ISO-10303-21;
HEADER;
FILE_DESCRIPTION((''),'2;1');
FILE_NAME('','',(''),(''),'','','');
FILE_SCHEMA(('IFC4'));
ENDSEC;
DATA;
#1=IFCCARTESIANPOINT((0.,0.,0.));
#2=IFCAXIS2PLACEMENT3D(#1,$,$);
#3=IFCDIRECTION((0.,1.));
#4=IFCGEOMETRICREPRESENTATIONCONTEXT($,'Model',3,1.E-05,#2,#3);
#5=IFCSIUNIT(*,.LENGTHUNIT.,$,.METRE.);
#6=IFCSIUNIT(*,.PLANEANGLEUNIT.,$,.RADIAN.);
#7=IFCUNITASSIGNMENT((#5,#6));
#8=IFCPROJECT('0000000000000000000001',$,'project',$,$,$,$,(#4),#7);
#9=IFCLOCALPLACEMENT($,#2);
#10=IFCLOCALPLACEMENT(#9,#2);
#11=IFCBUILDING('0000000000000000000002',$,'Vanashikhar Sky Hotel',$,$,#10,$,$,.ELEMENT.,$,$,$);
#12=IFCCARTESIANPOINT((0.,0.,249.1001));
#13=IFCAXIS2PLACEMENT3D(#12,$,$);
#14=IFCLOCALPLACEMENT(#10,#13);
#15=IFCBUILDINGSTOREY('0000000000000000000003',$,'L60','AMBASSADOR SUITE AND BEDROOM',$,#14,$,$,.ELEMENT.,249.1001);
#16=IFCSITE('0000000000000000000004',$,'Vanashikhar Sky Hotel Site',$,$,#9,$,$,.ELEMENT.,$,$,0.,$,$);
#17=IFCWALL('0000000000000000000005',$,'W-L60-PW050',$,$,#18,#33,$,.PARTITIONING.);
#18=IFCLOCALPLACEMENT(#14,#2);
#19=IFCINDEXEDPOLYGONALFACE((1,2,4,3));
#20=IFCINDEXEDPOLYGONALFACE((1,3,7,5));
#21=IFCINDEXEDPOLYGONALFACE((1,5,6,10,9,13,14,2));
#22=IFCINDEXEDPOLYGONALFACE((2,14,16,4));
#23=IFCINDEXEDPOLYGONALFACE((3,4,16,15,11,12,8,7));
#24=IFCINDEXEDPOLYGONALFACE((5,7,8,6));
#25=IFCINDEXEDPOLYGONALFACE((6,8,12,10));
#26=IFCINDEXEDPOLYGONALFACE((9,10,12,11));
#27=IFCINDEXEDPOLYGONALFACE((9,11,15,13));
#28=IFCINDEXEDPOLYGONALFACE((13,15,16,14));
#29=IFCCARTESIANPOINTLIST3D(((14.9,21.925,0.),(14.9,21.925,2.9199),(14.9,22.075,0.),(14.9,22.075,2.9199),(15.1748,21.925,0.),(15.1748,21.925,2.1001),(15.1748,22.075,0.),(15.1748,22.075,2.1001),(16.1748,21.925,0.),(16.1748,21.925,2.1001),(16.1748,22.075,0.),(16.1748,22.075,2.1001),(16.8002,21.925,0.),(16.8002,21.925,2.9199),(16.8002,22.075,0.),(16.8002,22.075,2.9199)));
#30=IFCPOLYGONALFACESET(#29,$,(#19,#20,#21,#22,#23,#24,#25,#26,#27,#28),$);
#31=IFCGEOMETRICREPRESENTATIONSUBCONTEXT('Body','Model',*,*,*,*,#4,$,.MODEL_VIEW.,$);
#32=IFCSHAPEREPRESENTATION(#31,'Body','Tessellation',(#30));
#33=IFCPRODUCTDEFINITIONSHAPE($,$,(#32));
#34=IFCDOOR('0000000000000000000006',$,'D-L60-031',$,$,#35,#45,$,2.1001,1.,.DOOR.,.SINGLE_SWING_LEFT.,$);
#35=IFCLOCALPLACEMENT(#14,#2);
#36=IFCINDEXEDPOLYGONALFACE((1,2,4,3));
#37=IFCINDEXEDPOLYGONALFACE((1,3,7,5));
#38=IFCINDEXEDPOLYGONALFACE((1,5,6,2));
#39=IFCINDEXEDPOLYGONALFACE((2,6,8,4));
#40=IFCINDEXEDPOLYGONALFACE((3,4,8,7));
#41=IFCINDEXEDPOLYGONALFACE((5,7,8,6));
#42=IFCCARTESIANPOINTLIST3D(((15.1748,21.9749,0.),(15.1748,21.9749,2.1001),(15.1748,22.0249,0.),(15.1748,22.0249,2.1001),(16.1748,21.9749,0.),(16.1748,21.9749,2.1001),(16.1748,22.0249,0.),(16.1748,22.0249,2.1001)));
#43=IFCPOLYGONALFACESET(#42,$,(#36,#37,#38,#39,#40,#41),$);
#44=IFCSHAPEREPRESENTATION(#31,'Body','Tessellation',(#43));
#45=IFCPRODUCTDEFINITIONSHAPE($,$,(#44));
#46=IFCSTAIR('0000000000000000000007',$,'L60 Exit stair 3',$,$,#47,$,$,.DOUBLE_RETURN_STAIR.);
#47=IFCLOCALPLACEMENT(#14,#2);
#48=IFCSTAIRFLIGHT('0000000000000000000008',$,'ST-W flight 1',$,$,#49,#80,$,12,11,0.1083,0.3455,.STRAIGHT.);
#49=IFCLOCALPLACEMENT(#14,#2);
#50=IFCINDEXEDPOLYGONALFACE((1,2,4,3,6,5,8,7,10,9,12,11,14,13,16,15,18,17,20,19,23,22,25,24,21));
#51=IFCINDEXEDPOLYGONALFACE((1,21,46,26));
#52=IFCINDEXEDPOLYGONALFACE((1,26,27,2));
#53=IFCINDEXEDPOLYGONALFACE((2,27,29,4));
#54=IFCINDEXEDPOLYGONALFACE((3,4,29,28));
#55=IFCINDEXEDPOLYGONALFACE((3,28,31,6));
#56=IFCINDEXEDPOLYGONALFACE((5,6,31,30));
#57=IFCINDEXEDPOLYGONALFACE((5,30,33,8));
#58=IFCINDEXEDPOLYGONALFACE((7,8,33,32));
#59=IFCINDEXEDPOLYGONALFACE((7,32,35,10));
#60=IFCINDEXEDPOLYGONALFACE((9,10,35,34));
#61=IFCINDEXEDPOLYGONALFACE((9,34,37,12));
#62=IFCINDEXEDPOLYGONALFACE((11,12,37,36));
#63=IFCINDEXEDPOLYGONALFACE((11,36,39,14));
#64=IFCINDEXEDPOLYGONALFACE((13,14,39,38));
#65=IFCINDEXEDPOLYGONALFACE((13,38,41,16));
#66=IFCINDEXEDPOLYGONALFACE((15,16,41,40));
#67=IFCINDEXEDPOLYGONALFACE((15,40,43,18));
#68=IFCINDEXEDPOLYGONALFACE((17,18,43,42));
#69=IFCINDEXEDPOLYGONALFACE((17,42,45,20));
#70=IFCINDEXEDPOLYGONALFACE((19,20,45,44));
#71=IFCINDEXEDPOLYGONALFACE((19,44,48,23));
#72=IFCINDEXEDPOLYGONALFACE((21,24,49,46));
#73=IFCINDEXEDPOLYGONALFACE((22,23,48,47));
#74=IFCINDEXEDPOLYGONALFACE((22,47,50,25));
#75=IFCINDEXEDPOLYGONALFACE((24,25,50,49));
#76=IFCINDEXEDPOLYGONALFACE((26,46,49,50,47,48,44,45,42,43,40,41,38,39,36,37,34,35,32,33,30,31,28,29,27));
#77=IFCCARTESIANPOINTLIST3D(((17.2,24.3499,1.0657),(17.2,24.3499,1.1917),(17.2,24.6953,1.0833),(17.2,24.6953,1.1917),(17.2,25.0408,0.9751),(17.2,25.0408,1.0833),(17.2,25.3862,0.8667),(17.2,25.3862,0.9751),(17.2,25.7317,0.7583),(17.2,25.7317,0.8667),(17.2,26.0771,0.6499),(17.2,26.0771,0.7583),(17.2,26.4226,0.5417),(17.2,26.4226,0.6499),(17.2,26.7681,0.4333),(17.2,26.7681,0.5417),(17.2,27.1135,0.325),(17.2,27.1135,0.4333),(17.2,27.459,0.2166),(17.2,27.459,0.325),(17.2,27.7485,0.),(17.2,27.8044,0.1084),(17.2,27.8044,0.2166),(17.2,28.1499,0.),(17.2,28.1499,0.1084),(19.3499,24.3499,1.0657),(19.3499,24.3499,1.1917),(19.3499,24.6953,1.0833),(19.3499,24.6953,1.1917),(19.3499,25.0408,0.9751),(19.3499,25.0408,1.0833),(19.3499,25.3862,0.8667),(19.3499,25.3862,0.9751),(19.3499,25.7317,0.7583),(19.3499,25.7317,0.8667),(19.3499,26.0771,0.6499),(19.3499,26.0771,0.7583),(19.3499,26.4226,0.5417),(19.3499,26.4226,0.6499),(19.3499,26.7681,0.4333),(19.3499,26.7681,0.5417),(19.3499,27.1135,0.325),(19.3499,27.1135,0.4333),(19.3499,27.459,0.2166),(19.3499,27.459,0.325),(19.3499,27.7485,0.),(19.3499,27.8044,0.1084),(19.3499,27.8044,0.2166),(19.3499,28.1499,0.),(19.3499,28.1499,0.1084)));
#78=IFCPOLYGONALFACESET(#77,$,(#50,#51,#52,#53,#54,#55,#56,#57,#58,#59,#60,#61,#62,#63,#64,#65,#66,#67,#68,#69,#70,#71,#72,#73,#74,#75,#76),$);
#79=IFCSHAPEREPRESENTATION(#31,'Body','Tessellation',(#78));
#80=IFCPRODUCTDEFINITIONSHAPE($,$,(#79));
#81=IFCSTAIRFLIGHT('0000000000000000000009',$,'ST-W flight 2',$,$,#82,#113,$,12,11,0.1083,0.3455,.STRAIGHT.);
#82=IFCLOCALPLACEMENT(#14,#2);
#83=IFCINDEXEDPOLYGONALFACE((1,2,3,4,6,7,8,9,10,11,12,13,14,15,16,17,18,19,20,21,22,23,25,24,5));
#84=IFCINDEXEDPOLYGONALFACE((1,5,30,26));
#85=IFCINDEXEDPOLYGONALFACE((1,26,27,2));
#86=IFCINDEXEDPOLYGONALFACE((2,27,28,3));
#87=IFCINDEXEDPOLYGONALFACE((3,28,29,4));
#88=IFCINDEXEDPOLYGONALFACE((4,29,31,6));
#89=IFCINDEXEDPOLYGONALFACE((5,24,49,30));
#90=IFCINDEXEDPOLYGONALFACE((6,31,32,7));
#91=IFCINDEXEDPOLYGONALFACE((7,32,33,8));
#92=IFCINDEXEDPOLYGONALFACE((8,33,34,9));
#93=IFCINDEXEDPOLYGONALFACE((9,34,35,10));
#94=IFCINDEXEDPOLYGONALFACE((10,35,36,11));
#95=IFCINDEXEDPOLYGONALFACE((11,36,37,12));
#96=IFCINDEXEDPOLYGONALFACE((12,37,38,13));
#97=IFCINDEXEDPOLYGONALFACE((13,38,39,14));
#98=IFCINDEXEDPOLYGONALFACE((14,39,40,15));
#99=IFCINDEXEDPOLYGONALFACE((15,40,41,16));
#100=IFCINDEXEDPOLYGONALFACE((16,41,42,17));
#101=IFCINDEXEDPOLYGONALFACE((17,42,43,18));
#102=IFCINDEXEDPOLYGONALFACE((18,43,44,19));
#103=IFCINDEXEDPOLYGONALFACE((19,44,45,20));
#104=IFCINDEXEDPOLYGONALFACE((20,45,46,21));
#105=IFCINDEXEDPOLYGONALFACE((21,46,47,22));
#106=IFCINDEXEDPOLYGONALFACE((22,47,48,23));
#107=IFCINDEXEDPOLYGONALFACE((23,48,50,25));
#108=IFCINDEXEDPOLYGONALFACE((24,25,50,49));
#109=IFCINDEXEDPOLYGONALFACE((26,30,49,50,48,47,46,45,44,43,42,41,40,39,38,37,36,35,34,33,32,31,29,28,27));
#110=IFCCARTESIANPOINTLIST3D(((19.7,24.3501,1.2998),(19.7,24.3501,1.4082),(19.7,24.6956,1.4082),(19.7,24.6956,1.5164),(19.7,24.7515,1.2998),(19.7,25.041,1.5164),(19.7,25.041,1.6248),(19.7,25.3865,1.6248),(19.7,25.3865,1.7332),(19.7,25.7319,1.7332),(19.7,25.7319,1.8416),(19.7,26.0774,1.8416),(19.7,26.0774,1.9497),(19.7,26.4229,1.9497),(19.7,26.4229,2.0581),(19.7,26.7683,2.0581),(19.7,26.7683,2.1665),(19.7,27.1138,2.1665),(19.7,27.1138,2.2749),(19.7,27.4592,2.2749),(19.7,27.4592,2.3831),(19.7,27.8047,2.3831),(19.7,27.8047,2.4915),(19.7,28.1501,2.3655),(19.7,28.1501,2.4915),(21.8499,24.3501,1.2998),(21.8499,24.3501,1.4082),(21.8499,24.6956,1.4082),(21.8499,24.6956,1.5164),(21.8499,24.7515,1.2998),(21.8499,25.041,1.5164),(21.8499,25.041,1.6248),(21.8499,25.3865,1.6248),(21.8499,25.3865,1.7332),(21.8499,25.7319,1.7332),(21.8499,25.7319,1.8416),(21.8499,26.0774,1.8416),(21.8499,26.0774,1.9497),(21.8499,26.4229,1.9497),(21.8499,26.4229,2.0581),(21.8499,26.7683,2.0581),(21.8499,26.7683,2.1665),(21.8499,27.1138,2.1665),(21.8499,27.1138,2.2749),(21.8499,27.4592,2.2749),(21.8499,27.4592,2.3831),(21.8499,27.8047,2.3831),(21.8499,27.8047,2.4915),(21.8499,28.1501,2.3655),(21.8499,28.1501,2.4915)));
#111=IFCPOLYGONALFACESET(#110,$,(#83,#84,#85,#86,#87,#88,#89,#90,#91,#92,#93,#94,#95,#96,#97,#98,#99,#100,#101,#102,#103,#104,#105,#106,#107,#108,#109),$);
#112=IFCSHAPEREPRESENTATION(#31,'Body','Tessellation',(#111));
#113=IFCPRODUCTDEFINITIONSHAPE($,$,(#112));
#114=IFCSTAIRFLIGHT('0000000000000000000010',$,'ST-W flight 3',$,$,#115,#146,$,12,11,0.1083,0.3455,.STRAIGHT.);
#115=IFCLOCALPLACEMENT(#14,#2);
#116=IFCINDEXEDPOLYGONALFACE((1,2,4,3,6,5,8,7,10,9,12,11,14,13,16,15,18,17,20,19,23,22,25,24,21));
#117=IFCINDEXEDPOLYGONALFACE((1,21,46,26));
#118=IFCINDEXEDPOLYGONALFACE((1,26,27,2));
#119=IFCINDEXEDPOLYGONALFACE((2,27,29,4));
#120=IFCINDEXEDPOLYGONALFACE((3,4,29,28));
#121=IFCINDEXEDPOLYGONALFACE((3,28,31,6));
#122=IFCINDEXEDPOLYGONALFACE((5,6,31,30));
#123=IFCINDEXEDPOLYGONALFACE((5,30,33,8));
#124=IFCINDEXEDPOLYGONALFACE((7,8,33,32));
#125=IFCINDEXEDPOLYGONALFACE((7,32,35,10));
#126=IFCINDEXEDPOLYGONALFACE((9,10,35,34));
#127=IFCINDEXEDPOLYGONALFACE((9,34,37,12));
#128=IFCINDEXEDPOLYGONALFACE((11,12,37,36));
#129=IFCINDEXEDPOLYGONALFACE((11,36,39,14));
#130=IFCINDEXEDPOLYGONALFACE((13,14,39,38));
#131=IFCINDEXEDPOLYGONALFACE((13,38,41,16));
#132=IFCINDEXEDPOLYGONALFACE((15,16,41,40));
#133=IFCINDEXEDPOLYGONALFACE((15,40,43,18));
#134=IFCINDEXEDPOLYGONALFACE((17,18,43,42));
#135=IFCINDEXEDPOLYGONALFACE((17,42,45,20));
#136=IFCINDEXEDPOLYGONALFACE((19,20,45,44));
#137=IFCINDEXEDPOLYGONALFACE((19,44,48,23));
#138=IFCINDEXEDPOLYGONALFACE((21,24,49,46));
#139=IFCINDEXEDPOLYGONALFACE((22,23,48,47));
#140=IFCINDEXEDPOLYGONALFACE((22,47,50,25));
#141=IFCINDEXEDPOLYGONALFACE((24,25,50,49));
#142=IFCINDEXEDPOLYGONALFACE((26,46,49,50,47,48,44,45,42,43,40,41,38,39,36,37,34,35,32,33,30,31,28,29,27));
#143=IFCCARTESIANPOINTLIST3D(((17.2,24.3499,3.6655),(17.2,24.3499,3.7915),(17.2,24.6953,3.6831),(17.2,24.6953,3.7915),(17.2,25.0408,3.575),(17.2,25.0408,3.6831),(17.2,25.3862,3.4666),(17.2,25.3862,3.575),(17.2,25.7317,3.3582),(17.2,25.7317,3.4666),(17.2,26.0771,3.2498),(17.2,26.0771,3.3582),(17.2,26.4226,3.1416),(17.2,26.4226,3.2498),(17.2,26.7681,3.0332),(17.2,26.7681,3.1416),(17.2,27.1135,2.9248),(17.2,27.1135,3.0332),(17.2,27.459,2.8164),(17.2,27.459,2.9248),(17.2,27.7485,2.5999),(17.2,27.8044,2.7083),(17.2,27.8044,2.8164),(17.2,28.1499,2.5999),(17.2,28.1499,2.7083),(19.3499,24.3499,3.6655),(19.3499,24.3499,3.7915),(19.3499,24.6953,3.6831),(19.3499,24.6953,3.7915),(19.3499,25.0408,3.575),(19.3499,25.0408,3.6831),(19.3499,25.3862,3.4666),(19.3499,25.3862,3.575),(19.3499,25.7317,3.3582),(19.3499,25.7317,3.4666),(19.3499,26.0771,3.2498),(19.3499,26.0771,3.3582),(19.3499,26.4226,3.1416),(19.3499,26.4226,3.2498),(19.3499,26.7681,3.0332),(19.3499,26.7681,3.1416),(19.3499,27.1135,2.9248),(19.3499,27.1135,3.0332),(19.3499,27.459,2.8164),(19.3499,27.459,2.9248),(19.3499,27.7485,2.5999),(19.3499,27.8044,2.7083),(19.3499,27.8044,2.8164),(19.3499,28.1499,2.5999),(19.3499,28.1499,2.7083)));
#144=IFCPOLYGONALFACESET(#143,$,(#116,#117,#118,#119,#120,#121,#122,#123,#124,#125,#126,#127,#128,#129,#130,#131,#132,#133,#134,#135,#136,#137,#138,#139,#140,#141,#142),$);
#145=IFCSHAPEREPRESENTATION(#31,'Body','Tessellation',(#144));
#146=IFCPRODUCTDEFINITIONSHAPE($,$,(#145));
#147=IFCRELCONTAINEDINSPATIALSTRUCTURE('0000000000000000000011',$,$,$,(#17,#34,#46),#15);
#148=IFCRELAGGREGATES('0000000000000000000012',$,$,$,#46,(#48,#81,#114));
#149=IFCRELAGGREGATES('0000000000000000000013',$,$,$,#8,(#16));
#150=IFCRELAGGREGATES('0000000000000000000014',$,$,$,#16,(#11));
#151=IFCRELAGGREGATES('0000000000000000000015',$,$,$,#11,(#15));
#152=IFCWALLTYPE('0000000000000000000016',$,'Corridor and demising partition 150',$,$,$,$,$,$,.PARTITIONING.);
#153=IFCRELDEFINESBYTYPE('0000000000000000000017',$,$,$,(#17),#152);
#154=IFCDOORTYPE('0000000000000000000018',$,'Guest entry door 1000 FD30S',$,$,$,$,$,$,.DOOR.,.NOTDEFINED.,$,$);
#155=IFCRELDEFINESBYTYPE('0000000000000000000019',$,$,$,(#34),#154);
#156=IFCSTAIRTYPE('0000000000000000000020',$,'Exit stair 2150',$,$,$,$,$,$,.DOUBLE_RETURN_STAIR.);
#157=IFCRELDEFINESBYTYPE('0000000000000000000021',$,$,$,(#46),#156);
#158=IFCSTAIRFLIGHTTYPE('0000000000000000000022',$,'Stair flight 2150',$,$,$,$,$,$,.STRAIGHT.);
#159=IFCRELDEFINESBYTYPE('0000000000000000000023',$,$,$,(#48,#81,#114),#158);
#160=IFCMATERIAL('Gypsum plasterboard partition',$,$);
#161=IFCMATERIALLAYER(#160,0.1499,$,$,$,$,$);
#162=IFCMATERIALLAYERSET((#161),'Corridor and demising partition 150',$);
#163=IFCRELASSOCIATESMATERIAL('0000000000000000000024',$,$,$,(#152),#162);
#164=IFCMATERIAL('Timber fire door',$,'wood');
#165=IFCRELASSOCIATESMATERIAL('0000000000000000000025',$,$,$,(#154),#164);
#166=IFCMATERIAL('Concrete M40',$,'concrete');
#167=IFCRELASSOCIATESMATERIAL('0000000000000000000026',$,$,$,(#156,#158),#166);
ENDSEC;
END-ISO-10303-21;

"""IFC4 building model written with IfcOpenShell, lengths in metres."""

from ifc_helpers import new_model, si_unit, direction, frame, frame_2d, origin, place, context, subcontext, project, spatial, polyline, rectangle, outline, extrude, source, transform, mapped, material, layer, layer_set, type_object, element, fill, aggregate, save


model = new_model("IFC4")

# Units and contexts
model_context = context("Model", 3, precision=1e-05, world=origin(), true_north=direction((0.0, 1.0)))
body_context = subcontext(model_context, "Body", "Model", "MODEL_VIEW")
ifc_project = project(units=[si_unit("LENGTHUNIT", "METRE"), si_unit("PLANEANGLEUNIT", "RADIAN")], contexts=[model_context])

# Site, building, storey
site_placement = place(None, origin())
site = spatial("IfcSite", under=ifc_project, at=site_placement, Name="Vanashikhar Sky Hotel Site", CompositionType="ELEMENT", RefElevation=0.0)
building_placement = place(site_placement, origin())
building = spatial("IfcBuilding", under=site, at=building_placement, Name="Vanashikhar Sky Hotel", CompositionType="ELEMENT")
storey_placement = place(building_placement, frame((0.0, 0.0, 249.1001)))
storey = spatial("IfcBuildingStorey", under=building, at=storey_placement, Name="L60", Description="AMBASSADOR SUITE AND BEDROOM", CompositionType="ELEMENT", Elevation=249.1001)

# Wall, opening, door
ifc_material_1 = material(Name="Gypsum plasterboard partition")
ifc_layer_1 = layer(ifc_material_1, 0.1499)
ifc_layer_set_1 = layer_set([ifc_layer_1], Name="Corridor and demising partition 150")
wall_type_1 = type_object("IfcWallType", Name="Corridor and demising partition 150", PredefinedType="PARTITIONING", material=ifc_layer_set_1)
shared_shape_1 = source(origin(), body_context, "Body", "SweptSolid", [
    extrude(rectangle(XDim=1.0, YDim=2.1001, at=frame_2d((0.5, 1.05))), frame((0.0, 0.085, 0.0), z_axis=(0.0, -1.0, 0.0), x_axis=(1.0, 0.0, 0.0)), (0.0, 0.0, 1.0), 0.1699),
])
ifc_material_2 = material(Name="Timber fire door", Category="wood")
door_type_1 = type_object("IfcDoorType", Name="Guest entry door 1000 FD30S", OperationType="NOTDEFINED", PredefinedType="DOOR", material=ifc_material_2)
shared_shape_2 = source(origin(), body_context, "Body", "SweptSolid", [
    extrude(rectangle(XDim=1.0, YDim=2.1001, at=frame_2d((0.5, 1.05))), frame((0.0, 0.0249, 0.0), z_axis=(0.0, -1.0, 0.0), x_axis=(1.0, 0.0, 0.0)), (0.0, 0.0, 1.0), 0.05),
])
shared_shape_3 = source(origin(), body_context, "Body", "SweptSolid", [
    extrude(rectangle(XDim=1.9001, YDim=0.1499, at=frame_2d((0.9502, 0.0))), origin(), (0.0, 0.0, 1.0), 2.9199),
])
wall_1_placement = place(storey_placement, frame((14.8999, 22.0, 0.0), z_axis=(0.0, 0.0, 1.0), x_axis=(1.0, 0.0, 0.0)))
wall_1 = element("IfcWall", 1, at=wall_1_placement, inside=storey, type_object=wall_type_1, Name="W-L60-PW050", PredefinedType="PARTITIONING", context=body_context, shape_type="MappedRepresentation", body=[
    mapped(shared_shape_3, transform((0.0, 0.0, 0.0), scale=1.0)),
])
opening_1_placement = place(wall_1_placement, frame((0.2749, 0.0, 0.0)))
opening_1 = element("IfcOpeningElement", 2, at=opening_1_placement, cuts=wall_1, PredefinedType="OPENING", context=body_context, shape_type="MappedRepresentation", body=[
    mapped(shared_shape_1, transform((0.0, 0.0, 0.0), scale=1.0)),
])
door_1_placement = place(opening_1_placement, origin())
door_1 = element("IfcDoor", 3, at=door_1_placement, inside=storey, type_object=door_type_1, Name="D-L60-031", OperationType="SINGLE_SWING_LEFT", OverallHeight=2.1001, OverallWidth=1.0, PredefinedType="DOOR", context=body_context, shape_type="MappedRepresentation", body=[
    mapped(shared_shape_2, transform((0.0, 0.0, 0.0), scale=1.0)),
])
fill(opening_1, door_1)

# Stair, stair flights
ifc_material_3 = material(Name="Concrete M40", Category="concrete")
stair_type = type_object("IfcStairType", Name="Exit stair 2150", PredefinedType="DOUBLE_RETURN_STAIR", material=ifc_material_3)
stair_placement = place(storey_placement, origin())
stair = element("IfcStair", 4, at=stair_placement, inside=storey, type_object=stair_type, Name="L60 Exit stair 3", PredefinedType="DOUBLE_RETURN_STAIR")
stair_flight_type = type_object("IfcStairFlightType", Name="Stair flight 2150", PredefinedType="STRAIGHT", material=ifc_material_3)
shared_shape_4 = source(origin(), body_context, "Body", "SweptSolid", [
    extrude(outline(polyline([(0.0, 0.0), (0.0, 0.1084), (0.3455, 0.1084), (0.3455, 0.2166), (0.6909, 0.2166), (0.6909, 0.325), (1.0364, 0.325), (1.0364, 0.4333), (1.3818, 0.4333), (1.3818, 0.5417), (1.7273, 0.5417), (1.7273, 0.6499), (2.0728, 0.6499), (2.0728, 0.7583), (2.4182, 0.7583), (2.4182, 0.8667), (2.7637, 0.8667), (2.7637, 0.9751), (3.1091, 0.9751), (3.1091, 1.0833), (3.4546, 1.0833), (3.4546, 1.1917), (3.8, 1.1917), (3.8, 1.3), (3.8, 1.0657), (0.4014, 0.0), (0.0, 0.0)])), frame((0.0, 1.075, 0.0), z_axis=(0.0, -1.0, 0.0), x_axis=(1.0, 0.0, 0.0)), (0.0, 0.0, 1.0), 2.1499),
])
stair_flight_1_placement = place(storey_placement, frame((18.2749, 28.1499, 0.0), z_axis=(0.0, 0.0, 1.0), x_axis=(0.0, -1.0, 0.0)))
stair_flight_1 = element("IfcStairFlight", 5, at=stair_flight_1_placement, type_object=stair_flight_type, Name="ST-W flight 1", NumberOfRisers=12, NumberOfTreads=11, PredefinedType="STRAIGHT", RiserHeight=0.1083, TreadLength=0.3455, context=body_context, shape_type="MappedRepresentation", body=[
    mapped(shared_shape_4, transform((0.0, 0.0, 0.0), scale=1.0)),
])
stair_flight_2_placement = place(storey_placement, frame((20.7749, 24.3501, 1.2998), z_axis=(0.0, 0.0, 1.0), x_axis=(0.0, 1.0, 0.0)))
stair_flight_2 = element("IfcStairFlight", 6, at=stair_flight_2_placement, type_object=stair_flight_type, Name="ST-W flight 2", NumberOfRisers=12, NumberOfTreads=11, PredefinedType="STRAIGHT", RiserHeight=0.1083, TreadLength=0.3455, context=body_context, shape_type="MappedRepresentation", body=[
    mapped(shared_shape_4, transform((0.0, 0.0, 0.0), scale=1.0)),
])
stair_flight_3_placement = place(storey_placement, frame((18.2749, 28.1499, 2.5999), z_axis=(0.0, 0.0, 1.0), x_axis=(0.0, -1.0, 0.0)))
stair_flight_3 = element("IfcStairFlight", 7, at=stair_flight_3_placement, type_object=stair_flight_type, Name="ST-W flight 3", NumberOfRisers=12, NumberOfTreads=11, PredefinedType="STRAIGHT", RiserHeight=0.1083, TreadLength=0.3455, context=body_context, shape_type="MappedRepresentation", body=[
    mapped(shared_shape_4, transform((0.0, 0.0, 0.0), scale=1.0)),
])
aggregate(stair, [stair_flight_1, stair_flight_2, stair_flight_3])

save(model, "model.ifc")
